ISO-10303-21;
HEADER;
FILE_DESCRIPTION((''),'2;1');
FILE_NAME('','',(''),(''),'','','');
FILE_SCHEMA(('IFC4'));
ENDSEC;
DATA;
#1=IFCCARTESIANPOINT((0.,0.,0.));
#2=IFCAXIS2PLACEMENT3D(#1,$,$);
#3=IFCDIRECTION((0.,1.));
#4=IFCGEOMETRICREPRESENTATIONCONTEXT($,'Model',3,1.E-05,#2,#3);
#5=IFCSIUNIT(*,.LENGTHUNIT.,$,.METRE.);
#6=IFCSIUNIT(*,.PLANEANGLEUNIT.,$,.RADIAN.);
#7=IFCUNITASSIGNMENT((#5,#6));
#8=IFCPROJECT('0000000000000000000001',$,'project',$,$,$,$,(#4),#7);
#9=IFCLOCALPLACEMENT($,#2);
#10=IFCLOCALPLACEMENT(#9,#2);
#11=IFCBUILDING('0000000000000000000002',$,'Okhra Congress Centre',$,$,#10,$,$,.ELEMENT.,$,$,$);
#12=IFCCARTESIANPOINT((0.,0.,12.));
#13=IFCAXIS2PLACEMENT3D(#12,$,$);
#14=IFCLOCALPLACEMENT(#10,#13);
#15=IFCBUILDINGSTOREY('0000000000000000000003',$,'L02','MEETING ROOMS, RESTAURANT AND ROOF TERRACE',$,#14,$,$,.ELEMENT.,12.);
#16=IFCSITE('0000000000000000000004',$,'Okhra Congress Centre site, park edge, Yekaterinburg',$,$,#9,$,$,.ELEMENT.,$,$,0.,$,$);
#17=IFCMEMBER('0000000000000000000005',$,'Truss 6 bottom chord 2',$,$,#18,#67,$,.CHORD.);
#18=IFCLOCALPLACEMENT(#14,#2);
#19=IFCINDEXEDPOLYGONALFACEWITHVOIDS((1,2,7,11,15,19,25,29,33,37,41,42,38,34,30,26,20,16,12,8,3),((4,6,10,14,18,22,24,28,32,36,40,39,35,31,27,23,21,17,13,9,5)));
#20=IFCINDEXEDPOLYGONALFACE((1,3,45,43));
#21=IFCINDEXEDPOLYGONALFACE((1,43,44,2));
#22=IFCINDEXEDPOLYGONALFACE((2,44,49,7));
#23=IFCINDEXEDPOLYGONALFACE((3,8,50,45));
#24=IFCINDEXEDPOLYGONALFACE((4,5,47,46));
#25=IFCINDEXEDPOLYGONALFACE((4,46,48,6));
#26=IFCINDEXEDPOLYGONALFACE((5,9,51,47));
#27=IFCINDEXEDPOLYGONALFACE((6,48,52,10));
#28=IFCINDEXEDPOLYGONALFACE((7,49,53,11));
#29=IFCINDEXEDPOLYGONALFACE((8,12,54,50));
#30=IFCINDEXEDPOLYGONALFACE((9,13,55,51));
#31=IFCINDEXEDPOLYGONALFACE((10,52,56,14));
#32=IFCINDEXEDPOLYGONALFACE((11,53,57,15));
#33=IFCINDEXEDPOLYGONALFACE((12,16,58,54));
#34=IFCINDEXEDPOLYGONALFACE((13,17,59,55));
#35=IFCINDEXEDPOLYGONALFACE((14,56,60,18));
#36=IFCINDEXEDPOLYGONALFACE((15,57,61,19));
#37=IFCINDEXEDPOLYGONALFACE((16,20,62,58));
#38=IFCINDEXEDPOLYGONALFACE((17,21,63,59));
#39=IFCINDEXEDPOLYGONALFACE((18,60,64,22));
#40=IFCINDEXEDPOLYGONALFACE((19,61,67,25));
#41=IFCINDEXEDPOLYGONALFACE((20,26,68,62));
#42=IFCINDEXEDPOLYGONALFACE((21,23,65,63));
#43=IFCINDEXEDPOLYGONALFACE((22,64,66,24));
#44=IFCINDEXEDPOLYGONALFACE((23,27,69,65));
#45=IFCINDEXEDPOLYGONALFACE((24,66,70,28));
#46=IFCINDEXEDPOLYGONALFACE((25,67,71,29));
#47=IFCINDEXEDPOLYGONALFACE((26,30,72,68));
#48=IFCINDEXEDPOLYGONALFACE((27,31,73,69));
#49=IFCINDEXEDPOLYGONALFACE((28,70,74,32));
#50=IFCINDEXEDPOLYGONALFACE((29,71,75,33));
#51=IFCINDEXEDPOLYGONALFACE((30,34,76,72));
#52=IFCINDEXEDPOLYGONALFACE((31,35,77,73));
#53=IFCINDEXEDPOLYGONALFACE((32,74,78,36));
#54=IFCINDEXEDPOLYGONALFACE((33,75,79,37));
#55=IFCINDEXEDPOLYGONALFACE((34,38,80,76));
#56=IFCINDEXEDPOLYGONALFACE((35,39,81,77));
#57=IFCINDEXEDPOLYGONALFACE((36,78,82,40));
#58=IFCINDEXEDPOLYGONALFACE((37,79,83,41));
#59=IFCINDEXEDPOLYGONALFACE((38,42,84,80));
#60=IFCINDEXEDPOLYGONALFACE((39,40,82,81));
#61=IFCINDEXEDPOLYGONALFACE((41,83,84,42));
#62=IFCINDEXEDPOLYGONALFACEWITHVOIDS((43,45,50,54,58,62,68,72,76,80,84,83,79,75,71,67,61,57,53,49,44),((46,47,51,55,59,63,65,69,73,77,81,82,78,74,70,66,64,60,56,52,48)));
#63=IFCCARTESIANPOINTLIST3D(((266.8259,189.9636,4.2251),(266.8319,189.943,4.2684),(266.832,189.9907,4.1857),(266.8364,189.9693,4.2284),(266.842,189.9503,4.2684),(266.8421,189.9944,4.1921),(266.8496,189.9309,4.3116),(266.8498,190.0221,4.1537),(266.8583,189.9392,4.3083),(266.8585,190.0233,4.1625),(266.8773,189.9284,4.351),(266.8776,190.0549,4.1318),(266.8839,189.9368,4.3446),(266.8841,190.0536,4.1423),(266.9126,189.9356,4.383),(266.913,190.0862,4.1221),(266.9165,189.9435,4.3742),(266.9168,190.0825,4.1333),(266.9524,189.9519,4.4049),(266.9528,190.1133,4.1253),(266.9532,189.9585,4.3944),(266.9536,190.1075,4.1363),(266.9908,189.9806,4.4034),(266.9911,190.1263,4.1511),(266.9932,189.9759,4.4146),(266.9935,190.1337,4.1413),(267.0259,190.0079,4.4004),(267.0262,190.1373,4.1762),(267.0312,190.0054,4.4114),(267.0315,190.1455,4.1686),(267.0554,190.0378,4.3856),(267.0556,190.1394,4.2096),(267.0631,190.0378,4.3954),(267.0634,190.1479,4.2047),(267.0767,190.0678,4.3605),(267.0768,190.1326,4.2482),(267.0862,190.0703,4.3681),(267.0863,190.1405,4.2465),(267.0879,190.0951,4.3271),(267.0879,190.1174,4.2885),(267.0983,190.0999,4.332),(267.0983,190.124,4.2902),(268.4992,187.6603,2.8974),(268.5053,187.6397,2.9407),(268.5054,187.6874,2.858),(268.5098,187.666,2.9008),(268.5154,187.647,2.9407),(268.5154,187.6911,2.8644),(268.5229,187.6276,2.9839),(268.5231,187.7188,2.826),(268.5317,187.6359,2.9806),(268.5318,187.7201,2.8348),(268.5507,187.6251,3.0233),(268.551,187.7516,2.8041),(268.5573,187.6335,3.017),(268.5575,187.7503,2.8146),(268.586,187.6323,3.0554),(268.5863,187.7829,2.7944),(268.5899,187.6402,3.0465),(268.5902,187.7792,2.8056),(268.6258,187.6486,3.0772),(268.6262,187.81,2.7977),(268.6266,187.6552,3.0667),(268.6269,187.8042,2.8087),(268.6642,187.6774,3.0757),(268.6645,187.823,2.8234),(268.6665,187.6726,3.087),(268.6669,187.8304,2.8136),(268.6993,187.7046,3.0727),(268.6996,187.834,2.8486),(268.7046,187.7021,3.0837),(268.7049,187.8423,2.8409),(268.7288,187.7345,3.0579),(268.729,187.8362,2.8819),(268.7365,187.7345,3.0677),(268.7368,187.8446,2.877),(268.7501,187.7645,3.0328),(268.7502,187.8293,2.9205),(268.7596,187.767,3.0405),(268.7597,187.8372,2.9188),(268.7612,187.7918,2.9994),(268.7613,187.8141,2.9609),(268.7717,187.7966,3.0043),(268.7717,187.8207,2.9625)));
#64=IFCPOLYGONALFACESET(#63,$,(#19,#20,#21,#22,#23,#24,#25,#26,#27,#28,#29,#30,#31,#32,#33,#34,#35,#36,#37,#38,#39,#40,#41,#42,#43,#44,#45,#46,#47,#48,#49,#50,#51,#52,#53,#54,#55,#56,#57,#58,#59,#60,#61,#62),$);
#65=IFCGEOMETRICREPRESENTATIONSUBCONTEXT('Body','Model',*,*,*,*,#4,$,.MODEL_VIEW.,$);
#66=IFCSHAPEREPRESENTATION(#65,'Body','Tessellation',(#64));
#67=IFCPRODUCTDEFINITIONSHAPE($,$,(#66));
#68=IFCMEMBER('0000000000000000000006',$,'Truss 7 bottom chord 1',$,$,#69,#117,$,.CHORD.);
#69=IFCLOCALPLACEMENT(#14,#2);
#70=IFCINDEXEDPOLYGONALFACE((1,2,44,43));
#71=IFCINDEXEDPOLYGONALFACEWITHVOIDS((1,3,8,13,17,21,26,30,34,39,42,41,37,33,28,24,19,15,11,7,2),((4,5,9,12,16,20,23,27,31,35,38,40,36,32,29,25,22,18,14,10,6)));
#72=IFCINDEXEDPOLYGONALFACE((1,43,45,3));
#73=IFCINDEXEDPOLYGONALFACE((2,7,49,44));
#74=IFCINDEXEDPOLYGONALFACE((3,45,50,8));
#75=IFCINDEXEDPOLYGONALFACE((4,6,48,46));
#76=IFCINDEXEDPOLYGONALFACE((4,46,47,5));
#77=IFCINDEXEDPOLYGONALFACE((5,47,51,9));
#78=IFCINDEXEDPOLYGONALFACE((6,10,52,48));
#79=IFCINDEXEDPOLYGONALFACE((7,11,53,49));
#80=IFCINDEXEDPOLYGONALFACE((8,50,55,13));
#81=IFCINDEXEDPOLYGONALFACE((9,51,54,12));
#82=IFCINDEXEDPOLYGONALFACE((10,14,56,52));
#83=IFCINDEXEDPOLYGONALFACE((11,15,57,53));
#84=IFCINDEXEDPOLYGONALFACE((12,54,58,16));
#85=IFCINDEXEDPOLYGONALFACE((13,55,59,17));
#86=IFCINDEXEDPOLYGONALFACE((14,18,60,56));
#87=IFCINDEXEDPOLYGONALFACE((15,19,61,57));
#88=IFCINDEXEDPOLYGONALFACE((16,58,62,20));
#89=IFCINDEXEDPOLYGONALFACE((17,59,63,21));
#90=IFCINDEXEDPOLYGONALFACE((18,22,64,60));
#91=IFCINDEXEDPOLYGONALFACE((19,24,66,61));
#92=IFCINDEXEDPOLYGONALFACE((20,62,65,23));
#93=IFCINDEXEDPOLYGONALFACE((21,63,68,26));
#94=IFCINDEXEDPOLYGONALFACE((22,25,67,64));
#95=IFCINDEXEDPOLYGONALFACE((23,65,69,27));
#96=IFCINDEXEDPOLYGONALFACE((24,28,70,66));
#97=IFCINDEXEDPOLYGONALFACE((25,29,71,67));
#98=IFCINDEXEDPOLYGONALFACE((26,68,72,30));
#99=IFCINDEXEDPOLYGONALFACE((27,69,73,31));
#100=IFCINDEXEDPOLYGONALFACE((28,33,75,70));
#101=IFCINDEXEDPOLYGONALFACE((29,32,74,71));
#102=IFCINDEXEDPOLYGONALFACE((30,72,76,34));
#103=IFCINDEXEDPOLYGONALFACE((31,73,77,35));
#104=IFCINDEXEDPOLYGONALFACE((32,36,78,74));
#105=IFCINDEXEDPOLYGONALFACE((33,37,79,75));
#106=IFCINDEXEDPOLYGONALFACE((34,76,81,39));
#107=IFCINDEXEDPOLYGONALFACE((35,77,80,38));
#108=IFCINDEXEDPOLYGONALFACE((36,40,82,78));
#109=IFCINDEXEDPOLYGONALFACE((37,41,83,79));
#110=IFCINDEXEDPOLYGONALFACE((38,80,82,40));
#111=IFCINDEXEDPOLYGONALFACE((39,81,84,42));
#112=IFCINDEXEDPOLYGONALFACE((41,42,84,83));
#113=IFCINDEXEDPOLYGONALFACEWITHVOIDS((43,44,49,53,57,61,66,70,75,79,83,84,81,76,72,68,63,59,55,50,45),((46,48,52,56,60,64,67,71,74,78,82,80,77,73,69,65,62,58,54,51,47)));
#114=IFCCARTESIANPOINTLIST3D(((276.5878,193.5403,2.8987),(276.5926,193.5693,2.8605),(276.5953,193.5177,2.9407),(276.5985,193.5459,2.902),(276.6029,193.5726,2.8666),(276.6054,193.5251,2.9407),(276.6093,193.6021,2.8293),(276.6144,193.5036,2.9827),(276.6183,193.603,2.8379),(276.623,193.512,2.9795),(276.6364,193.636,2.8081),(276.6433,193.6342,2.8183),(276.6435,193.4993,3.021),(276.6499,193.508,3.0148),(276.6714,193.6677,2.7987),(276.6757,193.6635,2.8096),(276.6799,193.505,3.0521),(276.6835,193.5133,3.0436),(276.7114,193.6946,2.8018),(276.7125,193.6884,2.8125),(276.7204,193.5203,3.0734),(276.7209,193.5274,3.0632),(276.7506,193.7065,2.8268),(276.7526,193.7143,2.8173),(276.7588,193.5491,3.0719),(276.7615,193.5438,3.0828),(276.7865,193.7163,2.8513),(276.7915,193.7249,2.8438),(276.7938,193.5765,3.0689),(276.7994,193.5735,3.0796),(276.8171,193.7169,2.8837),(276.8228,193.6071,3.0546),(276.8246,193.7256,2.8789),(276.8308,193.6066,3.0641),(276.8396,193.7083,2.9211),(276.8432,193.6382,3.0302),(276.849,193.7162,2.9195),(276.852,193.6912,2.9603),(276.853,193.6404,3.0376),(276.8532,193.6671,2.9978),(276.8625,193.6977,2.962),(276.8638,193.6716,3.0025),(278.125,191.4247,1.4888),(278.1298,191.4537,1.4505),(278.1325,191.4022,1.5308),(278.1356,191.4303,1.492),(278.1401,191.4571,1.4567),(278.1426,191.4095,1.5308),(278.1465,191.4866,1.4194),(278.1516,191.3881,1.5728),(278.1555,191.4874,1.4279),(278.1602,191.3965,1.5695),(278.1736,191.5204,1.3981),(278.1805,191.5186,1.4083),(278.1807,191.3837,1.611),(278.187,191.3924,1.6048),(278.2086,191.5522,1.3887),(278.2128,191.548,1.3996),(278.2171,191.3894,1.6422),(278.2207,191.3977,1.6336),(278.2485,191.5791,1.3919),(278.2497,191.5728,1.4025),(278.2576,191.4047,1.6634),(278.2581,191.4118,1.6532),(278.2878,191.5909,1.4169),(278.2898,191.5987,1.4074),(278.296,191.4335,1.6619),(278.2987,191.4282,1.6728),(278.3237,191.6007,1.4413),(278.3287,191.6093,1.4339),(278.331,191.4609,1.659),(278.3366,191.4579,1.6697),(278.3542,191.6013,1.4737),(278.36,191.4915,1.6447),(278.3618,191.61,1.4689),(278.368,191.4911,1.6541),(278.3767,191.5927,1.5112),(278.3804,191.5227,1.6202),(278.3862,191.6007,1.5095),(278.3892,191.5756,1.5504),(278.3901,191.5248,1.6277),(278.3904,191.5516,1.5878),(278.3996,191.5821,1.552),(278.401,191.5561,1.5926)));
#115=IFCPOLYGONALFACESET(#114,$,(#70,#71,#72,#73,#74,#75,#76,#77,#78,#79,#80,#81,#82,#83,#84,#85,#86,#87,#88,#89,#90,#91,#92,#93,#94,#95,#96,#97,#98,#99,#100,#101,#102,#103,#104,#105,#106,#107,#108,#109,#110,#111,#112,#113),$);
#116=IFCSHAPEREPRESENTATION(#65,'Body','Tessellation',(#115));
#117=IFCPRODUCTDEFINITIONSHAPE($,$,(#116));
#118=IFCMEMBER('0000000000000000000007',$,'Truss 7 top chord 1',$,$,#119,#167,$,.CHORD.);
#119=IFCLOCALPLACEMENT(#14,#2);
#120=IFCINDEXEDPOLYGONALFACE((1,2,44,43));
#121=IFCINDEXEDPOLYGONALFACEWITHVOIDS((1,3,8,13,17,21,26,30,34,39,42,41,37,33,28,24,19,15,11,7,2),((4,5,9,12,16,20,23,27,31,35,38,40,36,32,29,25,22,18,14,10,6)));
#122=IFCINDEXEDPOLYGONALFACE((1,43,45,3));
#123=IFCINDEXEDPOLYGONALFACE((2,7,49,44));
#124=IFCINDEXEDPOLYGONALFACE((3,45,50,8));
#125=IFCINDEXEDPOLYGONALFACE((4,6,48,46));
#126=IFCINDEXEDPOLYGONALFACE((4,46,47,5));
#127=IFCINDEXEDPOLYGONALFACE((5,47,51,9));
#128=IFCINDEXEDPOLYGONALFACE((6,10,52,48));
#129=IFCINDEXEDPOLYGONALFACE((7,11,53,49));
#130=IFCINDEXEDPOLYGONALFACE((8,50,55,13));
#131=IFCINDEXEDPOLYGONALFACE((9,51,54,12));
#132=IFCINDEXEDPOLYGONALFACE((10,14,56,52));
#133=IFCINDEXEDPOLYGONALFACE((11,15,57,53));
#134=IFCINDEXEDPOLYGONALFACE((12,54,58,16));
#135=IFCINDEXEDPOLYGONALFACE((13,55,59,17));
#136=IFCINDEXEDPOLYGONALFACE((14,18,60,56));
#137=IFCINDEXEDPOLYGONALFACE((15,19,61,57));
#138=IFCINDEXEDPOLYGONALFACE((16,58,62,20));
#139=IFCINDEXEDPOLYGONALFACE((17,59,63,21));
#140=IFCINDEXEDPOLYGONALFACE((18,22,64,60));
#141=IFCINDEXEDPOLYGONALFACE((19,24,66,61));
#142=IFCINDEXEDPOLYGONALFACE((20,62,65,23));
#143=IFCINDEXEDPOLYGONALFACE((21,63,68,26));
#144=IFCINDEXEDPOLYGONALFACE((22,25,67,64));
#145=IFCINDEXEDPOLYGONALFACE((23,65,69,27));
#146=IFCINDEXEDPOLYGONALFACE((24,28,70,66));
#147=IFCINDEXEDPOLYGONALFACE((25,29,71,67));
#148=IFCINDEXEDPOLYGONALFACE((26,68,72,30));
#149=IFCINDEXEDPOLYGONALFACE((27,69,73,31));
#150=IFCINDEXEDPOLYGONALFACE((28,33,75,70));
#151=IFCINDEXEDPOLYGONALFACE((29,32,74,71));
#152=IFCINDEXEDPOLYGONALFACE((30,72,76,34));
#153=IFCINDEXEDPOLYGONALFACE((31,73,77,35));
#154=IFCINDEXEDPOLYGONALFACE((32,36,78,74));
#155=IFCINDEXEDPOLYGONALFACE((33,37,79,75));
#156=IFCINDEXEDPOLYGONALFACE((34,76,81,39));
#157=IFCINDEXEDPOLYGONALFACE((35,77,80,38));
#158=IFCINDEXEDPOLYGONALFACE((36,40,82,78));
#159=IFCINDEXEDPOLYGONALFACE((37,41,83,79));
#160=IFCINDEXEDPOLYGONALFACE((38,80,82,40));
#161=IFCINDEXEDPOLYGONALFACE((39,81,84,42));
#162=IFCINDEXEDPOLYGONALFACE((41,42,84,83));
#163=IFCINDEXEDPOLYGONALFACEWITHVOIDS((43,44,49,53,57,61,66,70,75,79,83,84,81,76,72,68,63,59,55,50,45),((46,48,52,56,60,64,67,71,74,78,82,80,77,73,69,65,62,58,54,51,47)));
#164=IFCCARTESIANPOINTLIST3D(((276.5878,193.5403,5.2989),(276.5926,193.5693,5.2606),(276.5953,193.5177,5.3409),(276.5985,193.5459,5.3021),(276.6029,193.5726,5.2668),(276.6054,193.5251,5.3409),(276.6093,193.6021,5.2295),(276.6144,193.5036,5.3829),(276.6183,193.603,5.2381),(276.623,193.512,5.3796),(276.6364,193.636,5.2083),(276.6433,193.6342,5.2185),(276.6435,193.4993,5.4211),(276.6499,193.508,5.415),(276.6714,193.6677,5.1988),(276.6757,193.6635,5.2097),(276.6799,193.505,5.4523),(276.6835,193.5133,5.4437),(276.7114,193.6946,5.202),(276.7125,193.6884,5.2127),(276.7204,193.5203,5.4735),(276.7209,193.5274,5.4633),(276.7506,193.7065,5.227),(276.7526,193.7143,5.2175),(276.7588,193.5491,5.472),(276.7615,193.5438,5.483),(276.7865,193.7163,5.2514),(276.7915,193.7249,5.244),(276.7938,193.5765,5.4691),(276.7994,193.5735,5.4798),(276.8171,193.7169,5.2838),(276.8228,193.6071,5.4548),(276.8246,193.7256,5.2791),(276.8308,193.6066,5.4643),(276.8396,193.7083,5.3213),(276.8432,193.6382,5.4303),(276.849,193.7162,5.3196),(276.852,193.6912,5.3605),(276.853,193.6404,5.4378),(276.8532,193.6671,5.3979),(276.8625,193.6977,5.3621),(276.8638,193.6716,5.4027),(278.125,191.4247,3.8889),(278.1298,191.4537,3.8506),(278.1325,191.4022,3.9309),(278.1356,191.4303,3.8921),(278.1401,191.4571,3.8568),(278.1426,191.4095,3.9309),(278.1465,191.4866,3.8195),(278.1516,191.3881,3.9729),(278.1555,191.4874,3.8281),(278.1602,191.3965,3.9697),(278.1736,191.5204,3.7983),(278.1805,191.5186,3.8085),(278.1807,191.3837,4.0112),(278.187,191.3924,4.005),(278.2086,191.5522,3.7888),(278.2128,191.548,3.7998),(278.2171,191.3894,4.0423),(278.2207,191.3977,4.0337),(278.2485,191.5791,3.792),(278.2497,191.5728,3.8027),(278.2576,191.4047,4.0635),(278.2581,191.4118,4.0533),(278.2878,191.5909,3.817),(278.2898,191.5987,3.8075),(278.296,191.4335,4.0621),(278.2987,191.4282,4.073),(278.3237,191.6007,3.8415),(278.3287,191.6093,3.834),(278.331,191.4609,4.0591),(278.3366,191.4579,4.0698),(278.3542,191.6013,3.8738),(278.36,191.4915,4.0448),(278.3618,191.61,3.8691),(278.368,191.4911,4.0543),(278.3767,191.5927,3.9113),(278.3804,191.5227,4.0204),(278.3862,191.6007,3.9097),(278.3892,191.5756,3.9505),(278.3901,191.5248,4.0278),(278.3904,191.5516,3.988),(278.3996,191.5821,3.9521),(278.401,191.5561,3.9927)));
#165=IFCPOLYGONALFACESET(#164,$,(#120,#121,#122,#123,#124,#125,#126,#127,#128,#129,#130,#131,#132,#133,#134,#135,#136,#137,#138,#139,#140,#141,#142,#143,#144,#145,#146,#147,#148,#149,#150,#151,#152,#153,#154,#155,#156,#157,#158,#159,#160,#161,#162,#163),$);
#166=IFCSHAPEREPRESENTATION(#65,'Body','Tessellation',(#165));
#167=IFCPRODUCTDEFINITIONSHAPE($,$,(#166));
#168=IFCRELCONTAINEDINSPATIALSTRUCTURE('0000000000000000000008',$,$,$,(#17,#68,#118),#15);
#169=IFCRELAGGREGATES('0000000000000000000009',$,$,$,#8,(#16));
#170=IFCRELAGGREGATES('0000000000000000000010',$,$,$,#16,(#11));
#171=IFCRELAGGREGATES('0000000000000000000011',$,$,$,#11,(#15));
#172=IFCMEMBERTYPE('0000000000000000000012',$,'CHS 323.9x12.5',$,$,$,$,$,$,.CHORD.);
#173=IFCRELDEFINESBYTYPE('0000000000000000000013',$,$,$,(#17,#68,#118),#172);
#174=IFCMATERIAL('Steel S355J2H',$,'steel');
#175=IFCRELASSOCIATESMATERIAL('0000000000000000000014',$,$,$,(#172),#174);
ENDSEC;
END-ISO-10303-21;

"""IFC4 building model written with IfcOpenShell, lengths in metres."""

from ifc_helpers import new_model, si_unit, direction, frame, origin, origin_2d, place, context, subcontext, project, spatial, hollow_circle, extrude, material, material_profile, profile_set, type_object, element, save


model = new_model("IFC4")

# Units and contexts
model_context = context("Model", 3, precision=1e-05, world=origin(), true_north=direction((0.0, 1.0)))
body_context = subcontext(model_context, "Body", "Model", "MODEL_VIEW")
ifc_project = project(units=[si_unit("LENGTHUNIT", "METRE"), si_unit("PLANEANGLEUNIT", "RADIAN")], contexts=[model_context])

# Site, building, storey
site_placement = place(None, origin())
site = spatial("IfcSite", under=ifc_project, at=site_placement, Name="Okhra Congress Centre site, park edge, Yekaterinburg", CompositionType="ELEMENT", RefElevation=0.0)
building_placement = place(site_placement, origin())
building = spatial("IfcBuilding", under=site, at=building_placement, Name="Okhra Congress Centre", CompositionType="ELEMENT")
storey_placement = place(building_placement, frame((0.0, 0.0, 12.0)))
storey = spatial("IfcBuildingStorey", under=building, at=storey_placement, Name="L02", Description="MEETING ROOMS, RESTAURANT AND ROOF TERRACE", CompositionType="ELEMENT", Elevation=12.0)

# Shared definitions
ifc_material_1 = material(Name="Steel S355J2H", Category="steel")

# Members
ifc_material_profile_1 = material_profile(ifc_material_1, hollow_circle(Radius=0.1619, WallThickness=0.0125, at=origin_2d()), Name="CHS 323.9x12.5")
ifc_profile_set_1 = profile_set([ifc_material_profile_1], Name="Steel S355J2H")
member_type_1 = type_object("IfcMemberType", Name="CHS 323.9x12.5", PredefinedType="CHORD", material=ifc_profile_set_1)
member_1_placement = place(storey_placement, frame((268.6362, 187.7349, 2.9407), z_axis=(-0.532697, 0.733216, 0.422645), x_axis=(-0.809025, -0.587774, 0.0)))
element("IfcMember", 1, at=member_1_placement, inside=storey, type_object=member_type_1, Name="Truss 6 bottom chord 2", PredefinedType="CHORD", context=body_context, shape_type="SweptSolid", body=[
    extrude(hollow_circle(Radius=0.1619, WallThickness=0.0125, at=origin_2d()), origin(), (0.0, 0.0, 1.0), 3.1414),
])
for number, where, z_axis, x_axis, name in (
    (2, (278.2634, 191.4973, 1.5308), (-0.517401, 0.712084, 0.474586), (-0.808994, -0.587816, 0.0), "Truss 7 bottom chord 1"),
    (3, (278.2634, 191.4973, 3.9309), (-0.517401, 0.712084, 0.474586), (-0.808994, -0.587816, 0.0), "Truss 7 top chord 1"),
):
    element("IfcMember", number, at=place(storey_placement, frame(where, z_axis=z_axis, x_axis=x_axis)), inside=storey, type_object=member_type_1, Name=name, PredefinedType="CHORD", context=body_context, shape_type="SweptSolid", body=[
        extrude(hollow_circle(Radius=0.1619, WallThickness=0.0125, at=origin_2d()), origin(), (0.0, 0.0, 1.0), 2.9709),
    ])

save(model, "model.ifc")
